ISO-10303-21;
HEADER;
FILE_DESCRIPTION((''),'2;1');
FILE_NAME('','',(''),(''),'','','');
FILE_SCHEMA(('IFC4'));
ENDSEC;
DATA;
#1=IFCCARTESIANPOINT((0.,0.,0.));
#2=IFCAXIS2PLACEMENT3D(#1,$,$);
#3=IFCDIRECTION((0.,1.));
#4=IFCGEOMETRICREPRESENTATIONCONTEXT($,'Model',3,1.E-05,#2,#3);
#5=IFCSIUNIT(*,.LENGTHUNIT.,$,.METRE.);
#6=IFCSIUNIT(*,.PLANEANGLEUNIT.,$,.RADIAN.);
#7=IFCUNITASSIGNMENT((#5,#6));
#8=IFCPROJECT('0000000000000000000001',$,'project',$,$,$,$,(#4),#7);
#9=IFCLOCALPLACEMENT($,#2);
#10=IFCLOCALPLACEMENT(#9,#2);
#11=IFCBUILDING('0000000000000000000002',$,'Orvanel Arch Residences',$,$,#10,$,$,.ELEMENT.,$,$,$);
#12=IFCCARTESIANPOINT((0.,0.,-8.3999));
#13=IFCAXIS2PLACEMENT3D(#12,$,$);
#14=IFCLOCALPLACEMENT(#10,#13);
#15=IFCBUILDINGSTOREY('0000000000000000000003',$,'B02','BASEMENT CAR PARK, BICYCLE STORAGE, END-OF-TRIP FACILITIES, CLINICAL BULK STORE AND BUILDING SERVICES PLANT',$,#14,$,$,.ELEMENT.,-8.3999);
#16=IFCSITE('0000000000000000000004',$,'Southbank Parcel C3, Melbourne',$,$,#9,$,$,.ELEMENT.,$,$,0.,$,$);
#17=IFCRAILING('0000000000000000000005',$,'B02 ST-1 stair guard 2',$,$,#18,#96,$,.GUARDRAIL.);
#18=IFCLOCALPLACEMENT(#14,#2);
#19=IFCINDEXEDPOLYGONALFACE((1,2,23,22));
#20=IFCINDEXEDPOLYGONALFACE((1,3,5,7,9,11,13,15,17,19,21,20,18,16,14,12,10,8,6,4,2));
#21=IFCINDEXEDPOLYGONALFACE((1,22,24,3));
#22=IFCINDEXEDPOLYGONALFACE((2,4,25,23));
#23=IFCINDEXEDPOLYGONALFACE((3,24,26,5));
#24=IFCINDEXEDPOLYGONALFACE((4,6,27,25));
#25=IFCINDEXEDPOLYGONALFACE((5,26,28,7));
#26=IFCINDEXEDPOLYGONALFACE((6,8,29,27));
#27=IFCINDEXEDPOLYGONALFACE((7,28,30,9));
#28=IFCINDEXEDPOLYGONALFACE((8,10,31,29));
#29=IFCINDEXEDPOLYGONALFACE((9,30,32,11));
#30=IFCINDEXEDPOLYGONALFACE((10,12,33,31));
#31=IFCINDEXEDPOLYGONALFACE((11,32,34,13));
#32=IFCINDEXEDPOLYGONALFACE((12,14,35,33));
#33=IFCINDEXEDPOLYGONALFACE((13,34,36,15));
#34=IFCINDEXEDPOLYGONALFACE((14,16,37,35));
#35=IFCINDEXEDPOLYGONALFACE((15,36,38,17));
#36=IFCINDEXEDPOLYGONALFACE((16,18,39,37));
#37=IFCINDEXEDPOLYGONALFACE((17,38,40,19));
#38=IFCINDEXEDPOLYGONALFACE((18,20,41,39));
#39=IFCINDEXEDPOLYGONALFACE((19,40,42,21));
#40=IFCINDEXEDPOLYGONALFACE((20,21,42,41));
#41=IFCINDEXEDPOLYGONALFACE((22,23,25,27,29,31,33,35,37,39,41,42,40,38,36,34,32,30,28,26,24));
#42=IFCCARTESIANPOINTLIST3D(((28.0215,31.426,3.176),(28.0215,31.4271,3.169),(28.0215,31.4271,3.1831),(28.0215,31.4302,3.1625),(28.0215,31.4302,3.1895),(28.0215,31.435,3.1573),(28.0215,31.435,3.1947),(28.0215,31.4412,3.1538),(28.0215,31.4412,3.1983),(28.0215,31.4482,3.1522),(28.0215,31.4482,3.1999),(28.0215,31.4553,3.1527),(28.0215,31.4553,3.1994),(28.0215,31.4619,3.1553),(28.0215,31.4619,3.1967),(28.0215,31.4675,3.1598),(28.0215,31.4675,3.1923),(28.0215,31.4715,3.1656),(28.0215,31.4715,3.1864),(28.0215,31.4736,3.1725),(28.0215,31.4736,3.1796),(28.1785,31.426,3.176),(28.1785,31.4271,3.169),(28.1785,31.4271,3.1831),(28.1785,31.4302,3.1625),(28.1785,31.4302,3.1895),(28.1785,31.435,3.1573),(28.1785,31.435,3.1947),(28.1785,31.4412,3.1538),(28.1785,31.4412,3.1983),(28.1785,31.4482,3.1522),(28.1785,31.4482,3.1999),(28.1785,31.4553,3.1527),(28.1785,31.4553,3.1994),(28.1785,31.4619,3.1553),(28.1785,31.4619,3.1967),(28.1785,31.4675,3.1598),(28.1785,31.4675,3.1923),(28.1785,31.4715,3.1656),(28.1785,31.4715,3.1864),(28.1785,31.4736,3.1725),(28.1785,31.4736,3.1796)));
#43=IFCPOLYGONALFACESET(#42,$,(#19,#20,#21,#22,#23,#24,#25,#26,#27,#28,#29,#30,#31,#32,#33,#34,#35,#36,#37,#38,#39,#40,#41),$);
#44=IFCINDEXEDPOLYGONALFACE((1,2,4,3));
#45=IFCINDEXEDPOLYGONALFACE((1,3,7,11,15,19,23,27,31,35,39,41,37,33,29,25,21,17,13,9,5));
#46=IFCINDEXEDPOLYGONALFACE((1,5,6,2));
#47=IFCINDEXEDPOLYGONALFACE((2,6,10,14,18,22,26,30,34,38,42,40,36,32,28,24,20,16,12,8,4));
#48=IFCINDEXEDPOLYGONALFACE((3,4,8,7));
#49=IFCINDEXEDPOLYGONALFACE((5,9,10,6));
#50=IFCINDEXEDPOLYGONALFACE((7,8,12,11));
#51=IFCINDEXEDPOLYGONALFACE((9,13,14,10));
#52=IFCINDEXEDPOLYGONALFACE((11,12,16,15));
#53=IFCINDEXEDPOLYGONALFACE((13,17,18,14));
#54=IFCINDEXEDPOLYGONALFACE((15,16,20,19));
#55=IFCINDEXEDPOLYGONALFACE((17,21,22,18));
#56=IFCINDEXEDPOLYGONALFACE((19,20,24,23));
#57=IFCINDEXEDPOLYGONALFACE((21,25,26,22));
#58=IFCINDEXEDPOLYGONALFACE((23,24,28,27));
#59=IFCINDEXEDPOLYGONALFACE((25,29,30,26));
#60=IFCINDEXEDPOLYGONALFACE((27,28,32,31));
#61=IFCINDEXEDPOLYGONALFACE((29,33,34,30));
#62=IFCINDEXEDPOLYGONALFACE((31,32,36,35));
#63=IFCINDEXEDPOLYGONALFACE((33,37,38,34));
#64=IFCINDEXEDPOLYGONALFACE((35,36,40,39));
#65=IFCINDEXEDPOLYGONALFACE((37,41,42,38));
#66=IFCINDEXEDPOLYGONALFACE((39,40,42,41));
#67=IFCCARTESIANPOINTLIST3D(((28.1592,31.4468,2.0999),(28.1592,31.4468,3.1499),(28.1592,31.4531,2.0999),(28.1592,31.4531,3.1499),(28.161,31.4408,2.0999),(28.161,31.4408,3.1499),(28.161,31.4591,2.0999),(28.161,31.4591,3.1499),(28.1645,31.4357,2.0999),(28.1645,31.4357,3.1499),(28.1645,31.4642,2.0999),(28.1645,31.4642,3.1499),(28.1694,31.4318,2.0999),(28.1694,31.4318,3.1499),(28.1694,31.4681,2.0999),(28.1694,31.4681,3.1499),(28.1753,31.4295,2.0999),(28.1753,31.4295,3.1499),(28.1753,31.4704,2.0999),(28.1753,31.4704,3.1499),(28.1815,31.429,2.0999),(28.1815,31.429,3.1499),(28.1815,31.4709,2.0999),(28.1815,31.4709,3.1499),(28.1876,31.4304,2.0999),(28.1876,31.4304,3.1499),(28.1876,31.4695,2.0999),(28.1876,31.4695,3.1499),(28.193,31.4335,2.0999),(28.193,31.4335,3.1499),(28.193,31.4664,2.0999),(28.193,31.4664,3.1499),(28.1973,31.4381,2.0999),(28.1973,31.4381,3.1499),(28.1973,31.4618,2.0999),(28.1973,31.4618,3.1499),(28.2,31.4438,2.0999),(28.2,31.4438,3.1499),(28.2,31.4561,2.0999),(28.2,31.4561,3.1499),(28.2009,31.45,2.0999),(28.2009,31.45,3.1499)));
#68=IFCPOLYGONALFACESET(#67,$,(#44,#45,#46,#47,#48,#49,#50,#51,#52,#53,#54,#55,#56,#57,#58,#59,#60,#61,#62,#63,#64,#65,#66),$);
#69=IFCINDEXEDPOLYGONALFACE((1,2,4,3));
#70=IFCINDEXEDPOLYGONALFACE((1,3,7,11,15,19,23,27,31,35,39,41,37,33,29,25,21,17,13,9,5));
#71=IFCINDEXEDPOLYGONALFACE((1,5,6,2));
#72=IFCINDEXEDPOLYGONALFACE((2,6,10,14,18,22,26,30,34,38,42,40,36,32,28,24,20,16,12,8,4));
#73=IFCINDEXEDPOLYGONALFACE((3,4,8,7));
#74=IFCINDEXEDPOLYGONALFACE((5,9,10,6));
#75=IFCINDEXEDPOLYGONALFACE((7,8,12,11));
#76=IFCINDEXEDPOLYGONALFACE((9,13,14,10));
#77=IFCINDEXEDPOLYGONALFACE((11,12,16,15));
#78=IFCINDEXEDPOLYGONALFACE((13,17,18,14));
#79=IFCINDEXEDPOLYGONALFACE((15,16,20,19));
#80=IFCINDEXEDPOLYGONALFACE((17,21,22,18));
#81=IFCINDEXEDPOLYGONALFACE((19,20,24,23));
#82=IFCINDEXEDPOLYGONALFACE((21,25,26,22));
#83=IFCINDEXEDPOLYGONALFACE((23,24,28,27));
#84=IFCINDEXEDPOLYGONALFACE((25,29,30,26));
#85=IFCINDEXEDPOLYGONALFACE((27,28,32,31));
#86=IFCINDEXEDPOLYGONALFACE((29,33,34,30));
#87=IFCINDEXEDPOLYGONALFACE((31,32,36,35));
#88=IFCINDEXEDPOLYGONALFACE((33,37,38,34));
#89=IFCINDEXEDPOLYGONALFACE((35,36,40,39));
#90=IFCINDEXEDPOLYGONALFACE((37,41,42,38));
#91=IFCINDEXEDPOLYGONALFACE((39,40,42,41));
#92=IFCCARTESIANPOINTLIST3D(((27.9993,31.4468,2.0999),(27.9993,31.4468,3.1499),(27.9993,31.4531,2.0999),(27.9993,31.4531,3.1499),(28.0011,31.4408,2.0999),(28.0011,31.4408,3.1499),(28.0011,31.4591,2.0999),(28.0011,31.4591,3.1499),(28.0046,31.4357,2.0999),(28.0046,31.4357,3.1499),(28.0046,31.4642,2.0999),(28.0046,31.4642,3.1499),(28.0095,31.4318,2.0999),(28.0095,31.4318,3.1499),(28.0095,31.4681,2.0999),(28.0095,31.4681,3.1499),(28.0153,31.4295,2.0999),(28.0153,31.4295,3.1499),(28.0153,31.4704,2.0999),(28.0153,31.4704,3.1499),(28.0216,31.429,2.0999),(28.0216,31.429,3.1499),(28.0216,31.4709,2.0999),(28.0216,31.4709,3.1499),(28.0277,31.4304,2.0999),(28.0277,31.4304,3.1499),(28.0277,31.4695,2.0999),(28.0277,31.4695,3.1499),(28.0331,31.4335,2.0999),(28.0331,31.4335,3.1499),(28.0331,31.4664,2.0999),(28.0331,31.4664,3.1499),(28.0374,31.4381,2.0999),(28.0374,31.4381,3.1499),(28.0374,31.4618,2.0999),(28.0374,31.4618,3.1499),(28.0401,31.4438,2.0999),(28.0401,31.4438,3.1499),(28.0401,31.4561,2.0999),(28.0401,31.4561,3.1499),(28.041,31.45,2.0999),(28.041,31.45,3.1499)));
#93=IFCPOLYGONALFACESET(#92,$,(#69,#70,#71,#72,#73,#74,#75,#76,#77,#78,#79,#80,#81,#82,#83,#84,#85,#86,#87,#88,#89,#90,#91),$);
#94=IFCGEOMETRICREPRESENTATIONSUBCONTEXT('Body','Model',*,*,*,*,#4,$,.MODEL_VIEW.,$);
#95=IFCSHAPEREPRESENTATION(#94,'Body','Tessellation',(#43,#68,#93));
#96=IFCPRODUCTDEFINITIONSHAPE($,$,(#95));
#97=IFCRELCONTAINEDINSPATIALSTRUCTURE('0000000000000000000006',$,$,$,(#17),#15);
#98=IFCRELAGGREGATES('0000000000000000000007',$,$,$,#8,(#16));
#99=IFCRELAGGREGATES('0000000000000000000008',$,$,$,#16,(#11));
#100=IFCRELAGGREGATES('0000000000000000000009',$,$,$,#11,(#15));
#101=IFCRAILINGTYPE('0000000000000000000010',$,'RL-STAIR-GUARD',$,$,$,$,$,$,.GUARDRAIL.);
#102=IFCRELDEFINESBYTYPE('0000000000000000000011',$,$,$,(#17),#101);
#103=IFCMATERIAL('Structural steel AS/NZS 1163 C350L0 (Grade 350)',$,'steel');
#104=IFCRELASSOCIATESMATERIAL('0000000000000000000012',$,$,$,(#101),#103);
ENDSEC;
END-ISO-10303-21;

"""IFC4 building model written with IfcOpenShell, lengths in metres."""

from ifc_helpers import new_model, si_unit, direction, frame, origin, origin_2d, place, context, subcontext, project, spatial, circle, extrude, material, type_object, element, save


model = new_model("IFC4")

# Units and contexts
model_context = context("Model", 3, precision=1e-05, world=origin(), true_north=direction((0.0, 1.0)))
body_context = subcontext(model_context, "Body", "Model", "MODEL_VIEW")
ifc_project = project(units=[si_unit("LENGTHUNIT", "METRE"), si_unit("PLANEANGLEUNIT", "RADIAN")], contexts=[model_context])

# Site, building, storey
site_placement = place(None, origin())
site = spatial("IfcSite", under=ifc_project, at=site_placement, Name="Southbank Parcel C3, Melbourne", CompositionType="ELEMENT", RefElevation=0.0)
building_placement = place(site_placement, origin())
building = spatial("IfcBuilding", under=site, at=building_placement, Name="Orvanel Arch Residences", CompositionType="ELEMENT")
storey_placement = place(building_placement, frame((0.0, 0.0, -8.3999)))
storey = spatial("IfcBuildingStorey", under=building, at=storey_placement, Name="B02", Description="BASEMENT CAR PARK, BICYCLE STORAGE, END-OF-TRIP FACILITIES, CLINICAL BULK STORE AND BUILDING SERVICES PLANT", CompositionType="ELEMENT", Elevation=-8.3999)

# Railing
ifc_material_1 = material(Name="Structural steel AS/NZS 1163 C350L0 (Grade 350)", Category="steel")
railing_type_1 = type_object("IfcRailingType", Name="RL-STAIR-GUARD", PredefinedType="GUARDRAIL", material=ifc_material_1)
railing_1_placement = place(storey_placement, frame((28.1799, 31.45, 2.0999)))
element("IfcRailing", 1, at=railing_1_placement, inside=storey, type_object=railing_type_1, Name="B02 ST-1 stair guard 2", PredefinedType="GUARDRAIL", context=body_context, shape_type="SweptSolid", body=[
    extrude(circle(Radius=0.0239, at=origin_2d()), frame((-0.0015, 0.0, 1.0762), z_axis=(-1.0, 0.0, 0.0), x_axis=(0.0, -1.0, 0.0)), (0.0, 0.0, 1.0), 0.157),
    extrude(circle(Radius=0.021, at=origin_2d()), origin(), (0.0, 0.0, 1.0), 1.05),
    extrude(circle(Radius=0.021, at=origin_2d()), frame((-0.1599, 0.0, 0.0)), (0.0, 0.0, 1.0), 1.05),
])

save(model, "model.ifc")
